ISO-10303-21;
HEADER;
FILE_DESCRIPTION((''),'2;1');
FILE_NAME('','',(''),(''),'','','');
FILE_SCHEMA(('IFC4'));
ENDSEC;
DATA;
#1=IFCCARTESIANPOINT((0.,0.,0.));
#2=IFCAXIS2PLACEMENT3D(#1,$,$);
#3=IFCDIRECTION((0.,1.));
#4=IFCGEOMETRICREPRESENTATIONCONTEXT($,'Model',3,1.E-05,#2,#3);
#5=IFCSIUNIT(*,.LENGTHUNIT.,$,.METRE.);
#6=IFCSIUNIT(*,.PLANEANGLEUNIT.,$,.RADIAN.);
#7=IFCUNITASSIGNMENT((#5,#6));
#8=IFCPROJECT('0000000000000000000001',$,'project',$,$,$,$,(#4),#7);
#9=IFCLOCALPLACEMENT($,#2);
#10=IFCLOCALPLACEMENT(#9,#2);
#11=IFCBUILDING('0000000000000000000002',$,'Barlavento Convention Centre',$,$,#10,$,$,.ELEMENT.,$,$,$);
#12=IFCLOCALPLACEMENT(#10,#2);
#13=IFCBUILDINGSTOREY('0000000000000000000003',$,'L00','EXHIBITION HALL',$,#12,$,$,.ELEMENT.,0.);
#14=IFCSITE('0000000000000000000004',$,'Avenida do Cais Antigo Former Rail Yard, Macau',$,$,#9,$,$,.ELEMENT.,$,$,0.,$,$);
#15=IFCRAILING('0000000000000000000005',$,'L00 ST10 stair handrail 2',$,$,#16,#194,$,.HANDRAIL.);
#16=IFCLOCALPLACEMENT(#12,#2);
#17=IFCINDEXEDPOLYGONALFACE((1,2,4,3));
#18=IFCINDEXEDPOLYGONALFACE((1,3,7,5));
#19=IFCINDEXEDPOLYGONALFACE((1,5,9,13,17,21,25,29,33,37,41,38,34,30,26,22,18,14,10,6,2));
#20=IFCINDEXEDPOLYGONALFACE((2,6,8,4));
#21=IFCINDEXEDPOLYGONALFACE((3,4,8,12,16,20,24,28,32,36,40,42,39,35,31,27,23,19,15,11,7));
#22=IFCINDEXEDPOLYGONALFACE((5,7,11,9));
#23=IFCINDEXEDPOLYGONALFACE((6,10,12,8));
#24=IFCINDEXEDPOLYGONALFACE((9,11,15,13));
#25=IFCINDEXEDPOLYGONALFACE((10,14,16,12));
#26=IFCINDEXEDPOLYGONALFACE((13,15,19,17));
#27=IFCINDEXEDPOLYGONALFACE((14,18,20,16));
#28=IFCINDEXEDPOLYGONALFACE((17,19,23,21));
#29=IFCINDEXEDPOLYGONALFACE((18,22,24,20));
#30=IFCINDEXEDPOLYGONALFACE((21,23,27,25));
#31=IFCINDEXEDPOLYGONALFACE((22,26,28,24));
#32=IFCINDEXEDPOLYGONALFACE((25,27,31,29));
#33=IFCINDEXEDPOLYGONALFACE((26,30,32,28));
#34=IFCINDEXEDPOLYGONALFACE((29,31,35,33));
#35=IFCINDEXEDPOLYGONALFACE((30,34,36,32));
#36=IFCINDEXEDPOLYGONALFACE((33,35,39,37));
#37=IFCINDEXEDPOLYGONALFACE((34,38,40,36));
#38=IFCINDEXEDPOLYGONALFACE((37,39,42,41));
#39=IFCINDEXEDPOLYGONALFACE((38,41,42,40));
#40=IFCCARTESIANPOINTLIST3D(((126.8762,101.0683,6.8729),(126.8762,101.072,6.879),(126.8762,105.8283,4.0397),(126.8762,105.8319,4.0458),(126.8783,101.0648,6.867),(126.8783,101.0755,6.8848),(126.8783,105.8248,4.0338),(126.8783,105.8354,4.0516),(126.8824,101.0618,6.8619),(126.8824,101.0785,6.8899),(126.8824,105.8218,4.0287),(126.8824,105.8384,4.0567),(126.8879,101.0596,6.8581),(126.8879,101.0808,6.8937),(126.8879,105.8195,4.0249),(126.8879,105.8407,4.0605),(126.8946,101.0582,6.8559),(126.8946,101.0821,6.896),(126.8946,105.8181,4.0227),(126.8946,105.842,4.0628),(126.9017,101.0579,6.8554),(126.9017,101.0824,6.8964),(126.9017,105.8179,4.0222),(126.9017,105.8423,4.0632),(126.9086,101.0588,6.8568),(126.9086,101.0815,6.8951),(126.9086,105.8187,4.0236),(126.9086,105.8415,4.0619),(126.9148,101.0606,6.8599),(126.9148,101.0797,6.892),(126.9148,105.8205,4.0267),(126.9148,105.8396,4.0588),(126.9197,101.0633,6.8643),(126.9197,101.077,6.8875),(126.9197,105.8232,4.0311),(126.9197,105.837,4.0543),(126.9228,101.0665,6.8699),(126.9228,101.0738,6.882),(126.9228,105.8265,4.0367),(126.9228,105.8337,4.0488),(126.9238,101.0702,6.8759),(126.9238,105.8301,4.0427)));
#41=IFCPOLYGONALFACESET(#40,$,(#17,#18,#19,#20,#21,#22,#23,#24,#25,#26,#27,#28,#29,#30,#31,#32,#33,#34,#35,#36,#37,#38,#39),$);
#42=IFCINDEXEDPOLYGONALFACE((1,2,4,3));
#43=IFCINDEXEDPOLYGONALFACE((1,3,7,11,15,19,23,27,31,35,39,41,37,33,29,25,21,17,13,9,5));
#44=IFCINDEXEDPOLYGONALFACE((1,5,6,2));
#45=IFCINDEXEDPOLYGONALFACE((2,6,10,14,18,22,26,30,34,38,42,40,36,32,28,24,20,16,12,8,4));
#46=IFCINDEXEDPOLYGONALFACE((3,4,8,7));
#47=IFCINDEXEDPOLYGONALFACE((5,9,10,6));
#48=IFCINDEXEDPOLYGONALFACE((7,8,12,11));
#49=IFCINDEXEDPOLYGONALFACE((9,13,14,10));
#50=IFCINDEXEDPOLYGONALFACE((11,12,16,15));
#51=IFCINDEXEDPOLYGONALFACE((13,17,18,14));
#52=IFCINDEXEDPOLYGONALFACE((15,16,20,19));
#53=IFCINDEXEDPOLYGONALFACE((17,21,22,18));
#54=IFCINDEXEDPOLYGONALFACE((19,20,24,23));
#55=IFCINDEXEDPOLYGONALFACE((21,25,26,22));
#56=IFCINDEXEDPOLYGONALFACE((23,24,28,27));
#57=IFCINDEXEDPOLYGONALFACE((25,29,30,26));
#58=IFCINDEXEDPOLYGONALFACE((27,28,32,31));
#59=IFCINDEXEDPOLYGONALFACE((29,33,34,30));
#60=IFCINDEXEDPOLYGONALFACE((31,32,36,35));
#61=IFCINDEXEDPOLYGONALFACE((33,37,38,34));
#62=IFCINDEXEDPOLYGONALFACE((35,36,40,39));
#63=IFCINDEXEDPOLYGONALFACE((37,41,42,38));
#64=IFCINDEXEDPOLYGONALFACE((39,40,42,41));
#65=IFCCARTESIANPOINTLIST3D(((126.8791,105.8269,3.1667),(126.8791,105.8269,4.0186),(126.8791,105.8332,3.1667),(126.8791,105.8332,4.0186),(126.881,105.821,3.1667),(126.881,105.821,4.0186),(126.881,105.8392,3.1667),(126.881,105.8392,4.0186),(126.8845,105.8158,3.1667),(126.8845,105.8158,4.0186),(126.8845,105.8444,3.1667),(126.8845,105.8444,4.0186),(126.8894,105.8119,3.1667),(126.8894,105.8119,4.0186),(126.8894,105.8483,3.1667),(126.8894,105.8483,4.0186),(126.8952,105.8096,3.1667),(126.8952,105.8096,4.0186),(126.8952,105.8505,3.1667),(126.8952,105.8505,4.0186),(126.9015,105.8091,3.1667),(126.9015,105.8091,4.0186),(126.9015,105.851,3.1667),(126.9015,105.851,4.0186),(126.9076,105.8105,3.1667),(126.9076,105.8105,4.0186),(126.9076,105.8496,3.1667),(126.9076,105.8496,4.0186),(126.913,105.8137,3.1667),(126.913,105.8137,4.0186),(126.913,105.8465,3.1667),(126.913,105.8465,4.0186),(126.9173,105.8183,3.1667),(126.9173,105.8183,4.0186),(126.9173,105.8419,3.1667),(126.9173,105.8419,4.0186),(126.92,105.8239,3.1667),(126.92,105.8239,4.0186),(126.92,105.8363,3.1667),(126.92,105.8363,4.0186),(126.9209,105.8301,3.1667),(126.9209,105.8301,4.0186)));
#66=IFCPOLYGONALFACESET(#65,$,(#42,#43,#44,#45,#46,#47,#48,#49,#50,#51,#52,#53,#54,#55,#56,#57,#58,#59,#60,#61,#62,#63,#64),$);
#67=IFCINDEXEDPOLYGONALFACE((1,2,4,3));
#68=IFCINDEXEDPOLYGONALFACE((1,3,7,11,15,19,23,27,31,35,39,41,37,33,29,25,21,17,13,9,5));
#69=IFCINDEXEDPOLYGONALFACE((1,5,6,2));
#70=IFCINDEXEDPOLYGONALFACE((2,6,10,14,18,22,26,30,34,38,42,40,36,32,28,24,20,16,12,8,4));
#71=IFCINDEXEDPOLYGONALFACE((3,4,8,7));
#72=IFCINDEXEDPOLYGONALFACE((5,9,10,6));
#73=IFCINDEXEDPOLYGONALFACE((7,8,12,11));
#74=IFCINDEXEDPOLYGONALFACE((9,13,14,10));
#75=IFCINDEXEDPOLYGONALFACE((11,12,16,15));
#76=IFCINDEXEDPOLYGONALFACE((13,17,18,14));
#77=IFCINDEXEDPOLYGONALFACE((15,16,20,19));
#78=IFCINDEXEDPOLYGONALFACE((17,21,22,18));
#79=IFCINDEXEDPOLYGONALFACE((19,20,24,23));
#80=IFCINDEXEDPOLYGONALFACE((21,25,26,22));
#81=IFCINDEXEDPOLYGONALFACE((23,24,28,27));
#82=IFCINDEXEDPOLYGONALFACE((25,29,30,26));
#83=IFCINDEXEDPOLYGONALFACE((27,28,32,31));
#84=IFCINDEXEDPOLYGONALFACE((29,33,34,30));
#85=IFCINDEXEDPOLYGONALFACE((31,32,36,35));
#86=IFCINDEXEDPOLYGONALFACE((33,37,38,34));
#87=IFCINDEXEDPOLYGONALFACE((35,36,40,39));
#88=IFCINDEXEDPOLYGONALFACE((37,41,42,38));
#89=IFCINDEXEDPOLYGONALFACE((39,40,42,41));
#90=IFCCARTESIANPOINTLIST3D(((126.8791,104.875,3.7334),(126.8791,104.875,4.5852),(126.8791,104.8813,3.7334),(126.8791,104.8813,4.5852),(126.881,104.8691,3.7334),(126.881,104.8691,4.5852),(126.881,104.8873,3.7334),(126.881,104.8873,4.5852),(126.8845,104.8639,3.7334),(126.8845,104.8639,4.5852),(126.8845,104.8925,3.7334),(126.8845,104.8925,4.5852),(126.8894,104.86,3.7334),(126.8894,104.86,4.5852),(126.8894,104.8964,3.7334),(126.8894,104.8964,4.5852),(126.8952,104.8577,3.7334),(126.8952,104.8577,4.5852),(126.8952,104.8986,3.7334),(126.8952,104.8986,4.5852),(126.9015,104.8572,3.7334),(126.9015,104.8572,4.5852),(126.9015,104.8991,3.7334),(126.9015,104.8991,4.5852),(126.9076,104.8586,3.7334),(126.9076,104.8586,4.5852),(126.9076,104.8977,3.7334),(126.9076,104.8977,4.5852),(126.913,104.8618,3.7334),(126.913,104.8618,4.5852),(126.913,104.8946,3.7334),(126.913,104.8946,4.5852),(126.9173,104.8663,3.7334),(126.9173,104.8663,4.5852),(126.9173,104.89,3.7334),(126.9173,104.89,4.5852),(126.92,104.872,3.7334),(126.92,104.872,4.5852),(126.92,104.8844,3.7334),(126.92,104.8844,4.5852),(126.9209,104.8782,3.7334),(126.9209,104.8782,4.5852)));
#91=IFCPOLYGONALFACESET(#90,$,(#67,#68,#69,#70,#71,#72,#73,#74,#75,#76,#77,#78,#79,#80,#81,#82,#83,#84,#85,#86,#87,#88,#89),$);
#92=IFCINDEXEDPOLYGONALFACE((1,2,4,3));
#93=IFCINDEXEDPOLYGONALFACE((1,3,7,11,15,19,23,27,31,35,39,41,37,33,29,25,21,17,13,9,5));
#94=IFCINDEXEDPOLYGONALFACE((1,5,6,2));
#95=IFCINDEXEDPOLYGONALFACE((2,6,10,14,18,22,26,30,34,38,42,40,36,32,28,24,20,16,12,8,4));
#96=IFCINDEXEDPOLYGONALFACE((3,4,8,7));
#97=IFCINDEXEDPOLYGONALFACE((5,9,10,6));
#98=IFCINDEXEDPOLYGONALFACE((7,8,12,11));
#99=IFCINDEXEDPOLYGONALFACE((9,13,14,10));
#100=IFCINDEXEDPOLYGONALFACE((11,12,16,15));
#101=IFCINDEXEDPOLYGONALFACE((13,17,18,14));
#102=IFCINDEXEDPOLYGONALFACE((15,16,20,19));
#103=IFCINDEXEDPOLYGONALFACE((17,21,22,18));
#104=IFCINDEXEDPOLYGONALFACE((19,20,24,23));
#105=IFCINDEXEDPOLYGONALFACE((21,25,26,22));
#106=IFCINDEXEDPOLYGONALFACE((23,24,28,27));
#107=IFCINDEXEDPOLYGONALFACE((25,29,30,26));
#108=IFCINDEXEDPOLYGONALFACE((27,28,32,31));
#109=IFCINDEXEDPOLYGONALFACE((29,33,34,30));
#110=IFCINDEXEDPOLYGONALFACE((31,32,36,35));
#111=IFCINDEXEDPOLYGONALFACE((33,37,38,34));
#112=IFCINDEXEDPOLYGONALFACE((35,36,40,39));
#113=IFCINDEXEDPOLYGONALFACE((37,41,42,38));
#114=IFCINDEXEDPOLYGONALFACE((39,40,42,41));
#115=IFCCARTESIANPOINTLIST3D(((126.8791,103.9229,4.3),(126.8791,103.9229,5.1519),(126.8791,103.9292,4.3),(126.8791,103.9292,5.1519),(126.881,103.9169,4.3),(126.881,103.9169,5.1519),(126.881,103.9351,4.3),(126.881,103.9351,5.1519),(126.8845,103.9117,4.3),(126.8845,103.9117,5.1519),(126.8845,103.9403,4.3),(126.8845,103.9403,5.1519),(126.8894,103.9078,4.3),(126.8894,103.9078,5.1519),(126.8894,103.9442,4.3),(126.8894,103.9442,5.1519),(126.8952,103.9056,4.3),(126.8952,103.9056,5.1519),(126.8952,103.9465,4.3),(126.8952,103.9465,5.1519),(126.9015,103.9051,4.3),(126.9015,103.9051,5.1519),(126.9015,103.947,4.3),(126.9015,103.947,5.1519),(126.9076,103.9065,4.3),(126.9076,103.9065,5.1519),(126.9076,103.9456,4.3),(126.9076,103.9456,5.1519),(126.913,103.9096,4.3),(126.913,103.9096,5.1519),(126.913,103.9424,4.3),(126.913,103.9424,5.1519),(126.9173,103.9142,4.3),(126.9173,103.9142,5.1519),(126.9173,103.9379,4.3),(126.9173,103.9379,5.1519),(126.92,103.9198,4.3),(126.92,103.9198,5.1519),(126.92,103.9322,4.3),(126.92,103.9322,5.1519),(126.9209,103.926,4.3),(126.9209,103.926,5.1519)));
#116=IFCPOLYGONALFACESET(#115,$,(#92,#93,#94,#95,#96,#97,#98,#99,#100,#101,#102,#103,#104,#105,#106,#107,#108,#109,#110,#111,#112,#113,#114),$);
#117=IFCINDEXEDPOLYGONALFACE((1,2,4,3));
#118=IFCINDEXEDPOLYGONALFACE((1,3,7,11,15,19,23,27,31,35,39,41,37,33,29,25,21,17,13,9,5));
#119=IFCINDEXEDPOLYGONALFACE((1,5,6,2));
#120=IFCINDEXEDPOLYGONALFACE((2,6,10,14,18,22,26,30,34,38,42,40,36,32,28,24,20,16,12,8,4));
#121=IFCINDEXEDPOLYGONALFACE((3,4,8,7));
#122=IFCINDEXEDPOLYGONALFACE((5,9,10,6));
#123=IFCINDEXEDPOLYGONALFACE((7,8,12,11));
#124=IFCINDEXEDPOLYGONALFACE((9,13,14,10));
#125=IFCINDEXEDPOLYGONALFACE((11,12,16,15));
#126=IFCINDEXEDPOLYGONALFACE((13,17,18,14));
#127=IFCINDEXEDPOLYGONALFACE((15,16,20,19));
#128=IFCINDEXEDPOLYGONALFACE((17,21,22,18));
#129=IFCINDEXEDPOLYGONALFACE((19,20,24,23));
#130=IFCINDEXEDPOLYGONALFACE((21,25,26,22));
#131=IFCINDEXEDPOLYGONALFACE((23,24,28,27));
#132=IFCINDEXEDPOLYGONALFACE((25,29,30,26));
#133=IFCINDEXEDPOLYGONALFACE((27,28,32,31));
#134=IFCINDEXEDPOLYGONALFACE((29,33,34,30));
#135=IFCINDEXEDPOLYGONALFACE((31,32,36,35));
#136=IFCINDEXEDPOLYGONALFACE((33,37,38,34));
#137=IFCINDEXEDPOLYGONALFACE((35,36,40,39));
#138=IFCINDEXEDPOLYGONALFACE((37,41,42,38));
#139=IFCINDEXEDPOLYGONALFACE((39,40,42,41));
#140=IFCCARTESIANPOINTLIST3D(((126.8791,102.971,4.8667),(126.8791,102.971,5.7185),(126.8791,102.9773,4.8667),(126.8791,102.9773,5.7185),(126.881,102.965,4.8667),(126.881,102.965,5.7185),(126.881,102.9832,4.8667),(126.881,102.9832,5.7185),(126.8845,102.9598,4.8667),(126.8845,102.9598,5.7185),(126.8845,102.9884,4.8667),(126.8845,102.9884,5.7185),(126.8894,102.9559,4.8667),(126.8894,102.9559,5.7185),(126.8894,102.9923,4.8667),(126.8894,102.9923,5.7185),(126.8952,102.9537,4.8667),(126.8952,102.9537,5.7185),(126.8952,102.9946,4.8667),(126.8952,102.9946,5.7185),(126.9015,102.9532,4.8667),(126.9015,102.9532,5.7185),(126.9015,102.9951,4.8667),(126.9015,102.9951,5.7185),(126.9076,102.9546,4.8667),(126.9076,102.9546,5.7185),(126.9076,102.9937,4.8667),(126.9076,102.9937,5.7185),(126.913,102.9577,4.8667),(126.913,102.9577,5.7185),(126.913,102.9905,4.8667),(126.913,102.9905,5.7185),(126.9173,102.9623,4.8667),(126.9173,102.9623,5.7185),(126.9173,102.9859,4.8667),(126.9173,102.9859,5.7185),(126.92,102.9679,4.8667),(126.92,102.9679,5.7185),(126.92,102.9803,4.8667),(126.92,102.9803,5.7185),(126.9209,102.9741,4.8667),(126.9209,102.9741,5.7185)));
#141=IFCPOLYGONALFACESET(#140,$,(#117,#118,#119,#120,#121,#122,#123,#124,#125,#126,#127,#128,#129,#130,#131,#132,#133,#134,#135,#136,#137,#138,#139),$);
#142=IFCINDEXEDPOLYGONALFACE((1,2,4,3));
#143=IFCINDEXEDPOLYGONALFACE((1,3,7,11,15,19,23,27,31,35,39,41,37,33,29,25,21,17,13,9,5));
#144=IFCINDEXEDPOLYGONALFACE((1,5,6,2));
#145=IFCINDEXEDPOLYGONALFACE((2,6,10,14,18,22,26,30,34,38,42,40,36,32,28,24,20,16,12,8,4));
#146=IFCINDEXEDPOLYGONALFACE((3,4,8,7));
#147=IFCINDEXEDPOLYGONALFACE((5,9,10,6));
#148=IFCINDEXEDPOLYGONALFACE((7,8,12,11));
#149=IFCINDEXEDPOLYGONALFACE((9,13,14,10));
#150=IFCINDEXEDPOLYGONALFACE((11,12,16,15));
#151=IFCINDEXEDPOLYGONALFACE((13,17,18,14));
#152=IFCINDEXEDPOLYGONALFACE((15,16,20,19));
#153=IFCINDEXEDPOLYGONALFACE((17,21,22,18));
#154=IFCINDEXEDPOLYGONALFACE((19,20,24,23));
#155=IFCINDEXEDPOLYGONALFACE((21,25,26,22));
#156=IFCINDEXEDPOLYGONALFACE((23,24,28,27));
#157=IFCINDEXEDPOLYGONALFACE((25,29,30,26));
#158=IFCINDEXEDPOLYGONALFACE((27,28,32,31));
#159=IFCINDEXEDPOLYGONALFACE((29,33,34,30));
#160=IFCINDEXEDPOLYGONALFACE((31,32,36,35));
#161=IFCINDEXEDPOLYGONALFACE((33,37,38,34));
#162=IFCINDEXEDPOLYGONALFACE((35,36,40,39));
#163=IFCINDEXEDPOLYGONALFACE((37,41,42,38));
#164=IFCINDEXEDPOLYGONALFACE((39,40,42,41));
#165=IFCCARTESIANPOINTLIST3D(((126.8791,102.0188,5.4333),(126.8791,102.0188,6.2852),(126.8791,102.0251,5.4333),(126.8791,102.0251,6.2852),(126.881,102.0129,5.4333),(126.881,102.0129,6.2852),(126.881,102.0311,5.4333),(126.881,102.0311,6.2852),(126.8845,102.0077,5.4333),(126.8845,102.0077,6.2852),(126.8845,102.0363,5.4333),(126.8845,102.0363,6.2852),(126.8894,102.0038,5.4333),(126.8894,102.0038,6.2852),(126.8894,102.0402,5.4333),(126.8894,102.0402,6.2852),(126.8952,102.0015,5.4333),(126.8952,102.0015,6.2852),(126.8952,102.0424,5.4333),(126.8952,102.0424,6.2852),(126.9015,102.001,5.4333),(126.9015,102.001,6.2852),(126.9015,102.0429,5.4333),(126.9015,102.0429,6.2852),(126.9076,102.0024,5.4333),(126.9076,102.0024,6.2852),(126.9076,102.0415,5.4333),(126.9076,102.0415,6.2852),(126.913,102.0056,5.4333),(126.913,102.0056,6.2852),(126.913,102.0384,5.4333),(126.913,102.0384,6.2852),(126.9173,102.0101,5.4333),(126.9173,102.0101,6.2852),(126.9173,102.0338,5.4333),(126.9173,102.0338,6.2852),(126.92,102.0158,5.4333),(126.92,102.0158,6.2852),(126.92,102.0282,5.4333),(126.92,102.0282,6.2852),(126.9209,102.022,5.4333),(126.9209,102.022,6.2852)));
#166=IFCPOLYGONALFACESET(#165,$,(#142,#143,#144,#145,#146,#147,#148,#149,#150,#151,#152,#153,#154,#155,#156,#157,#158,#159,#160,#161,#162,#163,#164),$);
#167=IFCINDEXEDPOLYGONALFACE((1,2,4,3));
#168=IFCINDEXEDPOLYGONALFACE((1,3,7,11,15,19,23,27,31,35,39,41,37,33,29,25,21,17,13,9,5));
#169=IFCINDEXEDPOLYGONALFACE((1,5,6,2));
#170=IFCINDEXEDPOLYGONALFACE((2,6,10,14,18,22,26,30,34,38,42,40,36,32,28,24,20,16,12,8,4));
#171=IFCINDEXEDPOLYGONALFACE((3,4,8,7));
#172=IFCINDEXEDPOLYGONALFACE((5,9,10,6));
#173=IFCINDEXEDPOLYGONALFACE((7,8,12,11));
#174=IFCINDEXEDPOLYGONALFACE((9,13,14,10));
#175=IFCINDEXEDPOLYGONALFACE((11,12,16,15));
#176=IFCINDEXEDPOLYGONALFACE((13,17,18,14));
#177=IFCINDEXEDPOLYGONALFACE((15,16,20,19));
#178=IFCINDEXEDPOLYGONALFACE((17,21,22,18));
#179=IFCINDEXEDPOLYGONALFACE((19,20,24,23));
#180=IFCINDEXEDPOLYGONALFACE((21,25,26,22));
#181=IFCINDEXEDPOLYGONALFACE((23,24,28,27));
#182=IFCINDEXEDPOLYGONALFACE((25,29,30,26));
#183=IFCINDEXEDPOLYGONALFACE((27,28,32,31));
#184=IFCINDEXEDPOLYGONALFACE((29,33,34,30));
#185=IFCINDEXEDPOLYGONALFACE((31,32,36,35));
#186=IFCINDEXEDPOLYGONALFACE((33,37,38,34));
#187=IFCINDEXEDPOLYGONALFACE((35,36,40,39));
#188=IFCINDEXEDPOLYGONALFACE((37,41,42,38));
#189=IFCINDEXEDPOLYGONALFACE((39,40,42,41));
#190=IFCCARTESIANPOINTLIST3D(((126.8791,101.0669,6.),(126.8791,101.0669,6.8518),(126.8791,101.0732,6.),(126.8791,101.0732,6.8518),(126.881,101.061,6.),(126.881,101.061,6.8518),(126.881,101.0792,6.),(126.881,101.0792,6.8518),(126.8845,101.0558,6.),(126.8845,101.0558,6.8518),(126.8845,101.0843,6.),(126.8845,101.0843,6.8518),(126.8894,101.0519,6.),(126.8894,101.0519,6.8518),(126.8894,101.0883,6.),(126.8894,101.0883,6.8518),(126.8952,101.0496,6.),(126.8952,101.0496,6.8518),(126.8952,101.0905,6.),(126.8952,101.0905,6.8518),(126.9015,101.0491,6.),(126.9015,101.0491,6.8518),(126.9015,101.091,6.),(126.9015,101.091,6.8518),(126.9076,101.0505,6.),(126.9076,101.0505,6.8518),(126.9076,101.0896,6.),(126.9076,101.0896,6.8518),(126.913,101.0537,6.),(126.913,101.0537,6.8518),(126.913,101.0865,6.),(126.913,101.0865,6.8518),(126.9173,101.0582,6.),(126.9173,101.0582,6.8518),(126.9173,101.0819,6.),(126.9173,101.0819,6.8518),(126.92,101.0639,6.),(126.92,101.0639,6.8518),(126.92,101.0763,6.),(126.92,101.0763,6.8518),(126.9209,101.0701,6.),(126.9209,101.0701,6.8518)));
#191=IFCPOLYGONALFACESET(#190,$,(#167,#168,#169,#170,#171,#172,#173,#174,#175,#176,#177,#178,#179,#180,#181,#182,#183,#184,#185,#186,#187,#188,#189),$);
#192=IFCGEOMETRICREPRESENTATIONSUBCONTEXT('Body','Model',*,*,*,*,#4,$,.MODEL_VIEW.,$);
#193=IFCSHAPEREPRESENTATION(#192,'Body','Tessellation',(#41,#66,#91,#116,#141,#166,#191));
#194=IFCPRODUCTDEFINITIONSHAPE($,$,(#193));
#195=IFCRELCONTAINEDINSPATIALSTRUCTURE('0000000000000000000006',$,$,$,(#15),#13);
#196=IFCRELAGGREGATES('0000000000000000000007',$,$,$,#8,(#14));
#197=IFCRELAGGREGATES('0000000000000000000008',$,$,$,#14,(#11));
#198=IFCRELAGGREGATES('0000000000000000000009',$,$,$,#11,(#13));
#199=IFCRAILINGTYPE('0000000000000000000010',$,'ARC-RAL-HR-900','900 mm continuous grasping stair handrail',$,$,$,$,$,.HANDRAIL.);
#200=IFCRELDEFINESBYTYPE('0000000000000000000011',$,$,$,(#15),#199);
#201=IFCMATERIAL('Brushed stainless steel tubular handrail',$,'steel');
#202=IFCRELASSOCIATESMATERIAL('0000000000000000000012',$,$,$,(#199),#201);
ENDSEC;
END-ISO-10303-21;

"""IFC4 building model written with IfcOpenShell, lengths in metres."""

from ifc_helpers import new_model, si_unit, direction, frame, origin, origin_2d, place, context, subcontext, project, spatial, circle, extrude, material, type_object, element, save


model = new_model("IFC4")

# Units and contexts
model_context = context("Model", 3, precision=1e-05, world=origin(), true_north=direction((0.0, 1.0)))
body_context = subcontext(model_context, "Body", "Model", "MODEL_VIEW")
ifc_project = project(units=[si_unit("LENGTHUNIT", "METRE"), si_unit("PLANEANGLEUNIT", "RADIAN")], contexts=[model_context])

# Site, building, storey
site_placement = place(None, origin())
site = spatial("IfcSite", under=ifc_project, at=site_placement, Name="Avenida do Cais Antigo Former Rail Yard, Macau", CompositionType="ELEMENT", RefElevation=0.0)
building_placement = place(site_placement, origin())
building = spatial("IfcBuilding", under=site, at=building_placement, Name="Barlavento Convention Centre", CompositionType="ELEMENT")
storey_placement = place(building_placement, origin())
storey = spatial("IfcBuildingStorey", under=building, at=storey_placement, Name="L00", Description="EXHIBITION HALL", CompositionType="ELEMENT", Elevation=0.0)

# Railing
ifc_material_1 = material(Name="Brushed stainless steel tubular handrail", Category="steel")
railing_type_1 = type_object("IfcRailingType", Name="ARC-RAL-HR-900", Description="900 mm continuous grasping stair handrail", PredefinedType="HANDRAIL", material=ifc_material_1)
railing_1_placement = place(storey_placement, frame((126.8999, 105.8301, 3.1667)))
element("IfcRailing", 1, at=railing_1_placement, inside=storey, type_object=railing_type_1, Name="L00 ST10 stair handrail 2", PredefinedType="HANDRAIL", context=body_context, shape_type="SweptSolid", body=[
    extrude(circle(Radius=0.0239, at=origin_2d()), frame((0.0, 0.0, 0.876), z_axis=(0.0, -0.8593, 0.511472), x_axis=(1.0, 0.0, 0.0)), (0.0, 0.0, 1.0), 5.5393),
    extrude(circle(Radius=0.021, at=origin_2d()), origin(), (0.0, 0.0, 1.0), 0.8518),
    extrude(circle(Radius=0.021, at=origin_2d()), frame((0.0, -0.9519, 0.5667)), (0.0, 0.0, 1.0), 0.8518),
    extrude(circle(Radius=0.021, at=origin_2d()), frame((0.0, -1.9041, 1.1333)), (0.0, 0.0, 1.0), 0.8518),
    extrude(circle(Radius=0.021, at=origin_2d()), frame((0.0, -2.856, 1.7)), (0.0, 0.0, 1.0), 0.8518),
    extrude(circle(Radius=0.021, at=origin_2d()), frame((0.0, -3.8081, 2.2666)), (0.0, 0.0, 1.0), 0.8518),
    extrude(circle(Radius=0.021, at=origin_2d()), frame((0.0, -4.76, 2.8333)), (0.0, 0.0, 1.0), 0.8518),
])

save(model, "model.ifc")
